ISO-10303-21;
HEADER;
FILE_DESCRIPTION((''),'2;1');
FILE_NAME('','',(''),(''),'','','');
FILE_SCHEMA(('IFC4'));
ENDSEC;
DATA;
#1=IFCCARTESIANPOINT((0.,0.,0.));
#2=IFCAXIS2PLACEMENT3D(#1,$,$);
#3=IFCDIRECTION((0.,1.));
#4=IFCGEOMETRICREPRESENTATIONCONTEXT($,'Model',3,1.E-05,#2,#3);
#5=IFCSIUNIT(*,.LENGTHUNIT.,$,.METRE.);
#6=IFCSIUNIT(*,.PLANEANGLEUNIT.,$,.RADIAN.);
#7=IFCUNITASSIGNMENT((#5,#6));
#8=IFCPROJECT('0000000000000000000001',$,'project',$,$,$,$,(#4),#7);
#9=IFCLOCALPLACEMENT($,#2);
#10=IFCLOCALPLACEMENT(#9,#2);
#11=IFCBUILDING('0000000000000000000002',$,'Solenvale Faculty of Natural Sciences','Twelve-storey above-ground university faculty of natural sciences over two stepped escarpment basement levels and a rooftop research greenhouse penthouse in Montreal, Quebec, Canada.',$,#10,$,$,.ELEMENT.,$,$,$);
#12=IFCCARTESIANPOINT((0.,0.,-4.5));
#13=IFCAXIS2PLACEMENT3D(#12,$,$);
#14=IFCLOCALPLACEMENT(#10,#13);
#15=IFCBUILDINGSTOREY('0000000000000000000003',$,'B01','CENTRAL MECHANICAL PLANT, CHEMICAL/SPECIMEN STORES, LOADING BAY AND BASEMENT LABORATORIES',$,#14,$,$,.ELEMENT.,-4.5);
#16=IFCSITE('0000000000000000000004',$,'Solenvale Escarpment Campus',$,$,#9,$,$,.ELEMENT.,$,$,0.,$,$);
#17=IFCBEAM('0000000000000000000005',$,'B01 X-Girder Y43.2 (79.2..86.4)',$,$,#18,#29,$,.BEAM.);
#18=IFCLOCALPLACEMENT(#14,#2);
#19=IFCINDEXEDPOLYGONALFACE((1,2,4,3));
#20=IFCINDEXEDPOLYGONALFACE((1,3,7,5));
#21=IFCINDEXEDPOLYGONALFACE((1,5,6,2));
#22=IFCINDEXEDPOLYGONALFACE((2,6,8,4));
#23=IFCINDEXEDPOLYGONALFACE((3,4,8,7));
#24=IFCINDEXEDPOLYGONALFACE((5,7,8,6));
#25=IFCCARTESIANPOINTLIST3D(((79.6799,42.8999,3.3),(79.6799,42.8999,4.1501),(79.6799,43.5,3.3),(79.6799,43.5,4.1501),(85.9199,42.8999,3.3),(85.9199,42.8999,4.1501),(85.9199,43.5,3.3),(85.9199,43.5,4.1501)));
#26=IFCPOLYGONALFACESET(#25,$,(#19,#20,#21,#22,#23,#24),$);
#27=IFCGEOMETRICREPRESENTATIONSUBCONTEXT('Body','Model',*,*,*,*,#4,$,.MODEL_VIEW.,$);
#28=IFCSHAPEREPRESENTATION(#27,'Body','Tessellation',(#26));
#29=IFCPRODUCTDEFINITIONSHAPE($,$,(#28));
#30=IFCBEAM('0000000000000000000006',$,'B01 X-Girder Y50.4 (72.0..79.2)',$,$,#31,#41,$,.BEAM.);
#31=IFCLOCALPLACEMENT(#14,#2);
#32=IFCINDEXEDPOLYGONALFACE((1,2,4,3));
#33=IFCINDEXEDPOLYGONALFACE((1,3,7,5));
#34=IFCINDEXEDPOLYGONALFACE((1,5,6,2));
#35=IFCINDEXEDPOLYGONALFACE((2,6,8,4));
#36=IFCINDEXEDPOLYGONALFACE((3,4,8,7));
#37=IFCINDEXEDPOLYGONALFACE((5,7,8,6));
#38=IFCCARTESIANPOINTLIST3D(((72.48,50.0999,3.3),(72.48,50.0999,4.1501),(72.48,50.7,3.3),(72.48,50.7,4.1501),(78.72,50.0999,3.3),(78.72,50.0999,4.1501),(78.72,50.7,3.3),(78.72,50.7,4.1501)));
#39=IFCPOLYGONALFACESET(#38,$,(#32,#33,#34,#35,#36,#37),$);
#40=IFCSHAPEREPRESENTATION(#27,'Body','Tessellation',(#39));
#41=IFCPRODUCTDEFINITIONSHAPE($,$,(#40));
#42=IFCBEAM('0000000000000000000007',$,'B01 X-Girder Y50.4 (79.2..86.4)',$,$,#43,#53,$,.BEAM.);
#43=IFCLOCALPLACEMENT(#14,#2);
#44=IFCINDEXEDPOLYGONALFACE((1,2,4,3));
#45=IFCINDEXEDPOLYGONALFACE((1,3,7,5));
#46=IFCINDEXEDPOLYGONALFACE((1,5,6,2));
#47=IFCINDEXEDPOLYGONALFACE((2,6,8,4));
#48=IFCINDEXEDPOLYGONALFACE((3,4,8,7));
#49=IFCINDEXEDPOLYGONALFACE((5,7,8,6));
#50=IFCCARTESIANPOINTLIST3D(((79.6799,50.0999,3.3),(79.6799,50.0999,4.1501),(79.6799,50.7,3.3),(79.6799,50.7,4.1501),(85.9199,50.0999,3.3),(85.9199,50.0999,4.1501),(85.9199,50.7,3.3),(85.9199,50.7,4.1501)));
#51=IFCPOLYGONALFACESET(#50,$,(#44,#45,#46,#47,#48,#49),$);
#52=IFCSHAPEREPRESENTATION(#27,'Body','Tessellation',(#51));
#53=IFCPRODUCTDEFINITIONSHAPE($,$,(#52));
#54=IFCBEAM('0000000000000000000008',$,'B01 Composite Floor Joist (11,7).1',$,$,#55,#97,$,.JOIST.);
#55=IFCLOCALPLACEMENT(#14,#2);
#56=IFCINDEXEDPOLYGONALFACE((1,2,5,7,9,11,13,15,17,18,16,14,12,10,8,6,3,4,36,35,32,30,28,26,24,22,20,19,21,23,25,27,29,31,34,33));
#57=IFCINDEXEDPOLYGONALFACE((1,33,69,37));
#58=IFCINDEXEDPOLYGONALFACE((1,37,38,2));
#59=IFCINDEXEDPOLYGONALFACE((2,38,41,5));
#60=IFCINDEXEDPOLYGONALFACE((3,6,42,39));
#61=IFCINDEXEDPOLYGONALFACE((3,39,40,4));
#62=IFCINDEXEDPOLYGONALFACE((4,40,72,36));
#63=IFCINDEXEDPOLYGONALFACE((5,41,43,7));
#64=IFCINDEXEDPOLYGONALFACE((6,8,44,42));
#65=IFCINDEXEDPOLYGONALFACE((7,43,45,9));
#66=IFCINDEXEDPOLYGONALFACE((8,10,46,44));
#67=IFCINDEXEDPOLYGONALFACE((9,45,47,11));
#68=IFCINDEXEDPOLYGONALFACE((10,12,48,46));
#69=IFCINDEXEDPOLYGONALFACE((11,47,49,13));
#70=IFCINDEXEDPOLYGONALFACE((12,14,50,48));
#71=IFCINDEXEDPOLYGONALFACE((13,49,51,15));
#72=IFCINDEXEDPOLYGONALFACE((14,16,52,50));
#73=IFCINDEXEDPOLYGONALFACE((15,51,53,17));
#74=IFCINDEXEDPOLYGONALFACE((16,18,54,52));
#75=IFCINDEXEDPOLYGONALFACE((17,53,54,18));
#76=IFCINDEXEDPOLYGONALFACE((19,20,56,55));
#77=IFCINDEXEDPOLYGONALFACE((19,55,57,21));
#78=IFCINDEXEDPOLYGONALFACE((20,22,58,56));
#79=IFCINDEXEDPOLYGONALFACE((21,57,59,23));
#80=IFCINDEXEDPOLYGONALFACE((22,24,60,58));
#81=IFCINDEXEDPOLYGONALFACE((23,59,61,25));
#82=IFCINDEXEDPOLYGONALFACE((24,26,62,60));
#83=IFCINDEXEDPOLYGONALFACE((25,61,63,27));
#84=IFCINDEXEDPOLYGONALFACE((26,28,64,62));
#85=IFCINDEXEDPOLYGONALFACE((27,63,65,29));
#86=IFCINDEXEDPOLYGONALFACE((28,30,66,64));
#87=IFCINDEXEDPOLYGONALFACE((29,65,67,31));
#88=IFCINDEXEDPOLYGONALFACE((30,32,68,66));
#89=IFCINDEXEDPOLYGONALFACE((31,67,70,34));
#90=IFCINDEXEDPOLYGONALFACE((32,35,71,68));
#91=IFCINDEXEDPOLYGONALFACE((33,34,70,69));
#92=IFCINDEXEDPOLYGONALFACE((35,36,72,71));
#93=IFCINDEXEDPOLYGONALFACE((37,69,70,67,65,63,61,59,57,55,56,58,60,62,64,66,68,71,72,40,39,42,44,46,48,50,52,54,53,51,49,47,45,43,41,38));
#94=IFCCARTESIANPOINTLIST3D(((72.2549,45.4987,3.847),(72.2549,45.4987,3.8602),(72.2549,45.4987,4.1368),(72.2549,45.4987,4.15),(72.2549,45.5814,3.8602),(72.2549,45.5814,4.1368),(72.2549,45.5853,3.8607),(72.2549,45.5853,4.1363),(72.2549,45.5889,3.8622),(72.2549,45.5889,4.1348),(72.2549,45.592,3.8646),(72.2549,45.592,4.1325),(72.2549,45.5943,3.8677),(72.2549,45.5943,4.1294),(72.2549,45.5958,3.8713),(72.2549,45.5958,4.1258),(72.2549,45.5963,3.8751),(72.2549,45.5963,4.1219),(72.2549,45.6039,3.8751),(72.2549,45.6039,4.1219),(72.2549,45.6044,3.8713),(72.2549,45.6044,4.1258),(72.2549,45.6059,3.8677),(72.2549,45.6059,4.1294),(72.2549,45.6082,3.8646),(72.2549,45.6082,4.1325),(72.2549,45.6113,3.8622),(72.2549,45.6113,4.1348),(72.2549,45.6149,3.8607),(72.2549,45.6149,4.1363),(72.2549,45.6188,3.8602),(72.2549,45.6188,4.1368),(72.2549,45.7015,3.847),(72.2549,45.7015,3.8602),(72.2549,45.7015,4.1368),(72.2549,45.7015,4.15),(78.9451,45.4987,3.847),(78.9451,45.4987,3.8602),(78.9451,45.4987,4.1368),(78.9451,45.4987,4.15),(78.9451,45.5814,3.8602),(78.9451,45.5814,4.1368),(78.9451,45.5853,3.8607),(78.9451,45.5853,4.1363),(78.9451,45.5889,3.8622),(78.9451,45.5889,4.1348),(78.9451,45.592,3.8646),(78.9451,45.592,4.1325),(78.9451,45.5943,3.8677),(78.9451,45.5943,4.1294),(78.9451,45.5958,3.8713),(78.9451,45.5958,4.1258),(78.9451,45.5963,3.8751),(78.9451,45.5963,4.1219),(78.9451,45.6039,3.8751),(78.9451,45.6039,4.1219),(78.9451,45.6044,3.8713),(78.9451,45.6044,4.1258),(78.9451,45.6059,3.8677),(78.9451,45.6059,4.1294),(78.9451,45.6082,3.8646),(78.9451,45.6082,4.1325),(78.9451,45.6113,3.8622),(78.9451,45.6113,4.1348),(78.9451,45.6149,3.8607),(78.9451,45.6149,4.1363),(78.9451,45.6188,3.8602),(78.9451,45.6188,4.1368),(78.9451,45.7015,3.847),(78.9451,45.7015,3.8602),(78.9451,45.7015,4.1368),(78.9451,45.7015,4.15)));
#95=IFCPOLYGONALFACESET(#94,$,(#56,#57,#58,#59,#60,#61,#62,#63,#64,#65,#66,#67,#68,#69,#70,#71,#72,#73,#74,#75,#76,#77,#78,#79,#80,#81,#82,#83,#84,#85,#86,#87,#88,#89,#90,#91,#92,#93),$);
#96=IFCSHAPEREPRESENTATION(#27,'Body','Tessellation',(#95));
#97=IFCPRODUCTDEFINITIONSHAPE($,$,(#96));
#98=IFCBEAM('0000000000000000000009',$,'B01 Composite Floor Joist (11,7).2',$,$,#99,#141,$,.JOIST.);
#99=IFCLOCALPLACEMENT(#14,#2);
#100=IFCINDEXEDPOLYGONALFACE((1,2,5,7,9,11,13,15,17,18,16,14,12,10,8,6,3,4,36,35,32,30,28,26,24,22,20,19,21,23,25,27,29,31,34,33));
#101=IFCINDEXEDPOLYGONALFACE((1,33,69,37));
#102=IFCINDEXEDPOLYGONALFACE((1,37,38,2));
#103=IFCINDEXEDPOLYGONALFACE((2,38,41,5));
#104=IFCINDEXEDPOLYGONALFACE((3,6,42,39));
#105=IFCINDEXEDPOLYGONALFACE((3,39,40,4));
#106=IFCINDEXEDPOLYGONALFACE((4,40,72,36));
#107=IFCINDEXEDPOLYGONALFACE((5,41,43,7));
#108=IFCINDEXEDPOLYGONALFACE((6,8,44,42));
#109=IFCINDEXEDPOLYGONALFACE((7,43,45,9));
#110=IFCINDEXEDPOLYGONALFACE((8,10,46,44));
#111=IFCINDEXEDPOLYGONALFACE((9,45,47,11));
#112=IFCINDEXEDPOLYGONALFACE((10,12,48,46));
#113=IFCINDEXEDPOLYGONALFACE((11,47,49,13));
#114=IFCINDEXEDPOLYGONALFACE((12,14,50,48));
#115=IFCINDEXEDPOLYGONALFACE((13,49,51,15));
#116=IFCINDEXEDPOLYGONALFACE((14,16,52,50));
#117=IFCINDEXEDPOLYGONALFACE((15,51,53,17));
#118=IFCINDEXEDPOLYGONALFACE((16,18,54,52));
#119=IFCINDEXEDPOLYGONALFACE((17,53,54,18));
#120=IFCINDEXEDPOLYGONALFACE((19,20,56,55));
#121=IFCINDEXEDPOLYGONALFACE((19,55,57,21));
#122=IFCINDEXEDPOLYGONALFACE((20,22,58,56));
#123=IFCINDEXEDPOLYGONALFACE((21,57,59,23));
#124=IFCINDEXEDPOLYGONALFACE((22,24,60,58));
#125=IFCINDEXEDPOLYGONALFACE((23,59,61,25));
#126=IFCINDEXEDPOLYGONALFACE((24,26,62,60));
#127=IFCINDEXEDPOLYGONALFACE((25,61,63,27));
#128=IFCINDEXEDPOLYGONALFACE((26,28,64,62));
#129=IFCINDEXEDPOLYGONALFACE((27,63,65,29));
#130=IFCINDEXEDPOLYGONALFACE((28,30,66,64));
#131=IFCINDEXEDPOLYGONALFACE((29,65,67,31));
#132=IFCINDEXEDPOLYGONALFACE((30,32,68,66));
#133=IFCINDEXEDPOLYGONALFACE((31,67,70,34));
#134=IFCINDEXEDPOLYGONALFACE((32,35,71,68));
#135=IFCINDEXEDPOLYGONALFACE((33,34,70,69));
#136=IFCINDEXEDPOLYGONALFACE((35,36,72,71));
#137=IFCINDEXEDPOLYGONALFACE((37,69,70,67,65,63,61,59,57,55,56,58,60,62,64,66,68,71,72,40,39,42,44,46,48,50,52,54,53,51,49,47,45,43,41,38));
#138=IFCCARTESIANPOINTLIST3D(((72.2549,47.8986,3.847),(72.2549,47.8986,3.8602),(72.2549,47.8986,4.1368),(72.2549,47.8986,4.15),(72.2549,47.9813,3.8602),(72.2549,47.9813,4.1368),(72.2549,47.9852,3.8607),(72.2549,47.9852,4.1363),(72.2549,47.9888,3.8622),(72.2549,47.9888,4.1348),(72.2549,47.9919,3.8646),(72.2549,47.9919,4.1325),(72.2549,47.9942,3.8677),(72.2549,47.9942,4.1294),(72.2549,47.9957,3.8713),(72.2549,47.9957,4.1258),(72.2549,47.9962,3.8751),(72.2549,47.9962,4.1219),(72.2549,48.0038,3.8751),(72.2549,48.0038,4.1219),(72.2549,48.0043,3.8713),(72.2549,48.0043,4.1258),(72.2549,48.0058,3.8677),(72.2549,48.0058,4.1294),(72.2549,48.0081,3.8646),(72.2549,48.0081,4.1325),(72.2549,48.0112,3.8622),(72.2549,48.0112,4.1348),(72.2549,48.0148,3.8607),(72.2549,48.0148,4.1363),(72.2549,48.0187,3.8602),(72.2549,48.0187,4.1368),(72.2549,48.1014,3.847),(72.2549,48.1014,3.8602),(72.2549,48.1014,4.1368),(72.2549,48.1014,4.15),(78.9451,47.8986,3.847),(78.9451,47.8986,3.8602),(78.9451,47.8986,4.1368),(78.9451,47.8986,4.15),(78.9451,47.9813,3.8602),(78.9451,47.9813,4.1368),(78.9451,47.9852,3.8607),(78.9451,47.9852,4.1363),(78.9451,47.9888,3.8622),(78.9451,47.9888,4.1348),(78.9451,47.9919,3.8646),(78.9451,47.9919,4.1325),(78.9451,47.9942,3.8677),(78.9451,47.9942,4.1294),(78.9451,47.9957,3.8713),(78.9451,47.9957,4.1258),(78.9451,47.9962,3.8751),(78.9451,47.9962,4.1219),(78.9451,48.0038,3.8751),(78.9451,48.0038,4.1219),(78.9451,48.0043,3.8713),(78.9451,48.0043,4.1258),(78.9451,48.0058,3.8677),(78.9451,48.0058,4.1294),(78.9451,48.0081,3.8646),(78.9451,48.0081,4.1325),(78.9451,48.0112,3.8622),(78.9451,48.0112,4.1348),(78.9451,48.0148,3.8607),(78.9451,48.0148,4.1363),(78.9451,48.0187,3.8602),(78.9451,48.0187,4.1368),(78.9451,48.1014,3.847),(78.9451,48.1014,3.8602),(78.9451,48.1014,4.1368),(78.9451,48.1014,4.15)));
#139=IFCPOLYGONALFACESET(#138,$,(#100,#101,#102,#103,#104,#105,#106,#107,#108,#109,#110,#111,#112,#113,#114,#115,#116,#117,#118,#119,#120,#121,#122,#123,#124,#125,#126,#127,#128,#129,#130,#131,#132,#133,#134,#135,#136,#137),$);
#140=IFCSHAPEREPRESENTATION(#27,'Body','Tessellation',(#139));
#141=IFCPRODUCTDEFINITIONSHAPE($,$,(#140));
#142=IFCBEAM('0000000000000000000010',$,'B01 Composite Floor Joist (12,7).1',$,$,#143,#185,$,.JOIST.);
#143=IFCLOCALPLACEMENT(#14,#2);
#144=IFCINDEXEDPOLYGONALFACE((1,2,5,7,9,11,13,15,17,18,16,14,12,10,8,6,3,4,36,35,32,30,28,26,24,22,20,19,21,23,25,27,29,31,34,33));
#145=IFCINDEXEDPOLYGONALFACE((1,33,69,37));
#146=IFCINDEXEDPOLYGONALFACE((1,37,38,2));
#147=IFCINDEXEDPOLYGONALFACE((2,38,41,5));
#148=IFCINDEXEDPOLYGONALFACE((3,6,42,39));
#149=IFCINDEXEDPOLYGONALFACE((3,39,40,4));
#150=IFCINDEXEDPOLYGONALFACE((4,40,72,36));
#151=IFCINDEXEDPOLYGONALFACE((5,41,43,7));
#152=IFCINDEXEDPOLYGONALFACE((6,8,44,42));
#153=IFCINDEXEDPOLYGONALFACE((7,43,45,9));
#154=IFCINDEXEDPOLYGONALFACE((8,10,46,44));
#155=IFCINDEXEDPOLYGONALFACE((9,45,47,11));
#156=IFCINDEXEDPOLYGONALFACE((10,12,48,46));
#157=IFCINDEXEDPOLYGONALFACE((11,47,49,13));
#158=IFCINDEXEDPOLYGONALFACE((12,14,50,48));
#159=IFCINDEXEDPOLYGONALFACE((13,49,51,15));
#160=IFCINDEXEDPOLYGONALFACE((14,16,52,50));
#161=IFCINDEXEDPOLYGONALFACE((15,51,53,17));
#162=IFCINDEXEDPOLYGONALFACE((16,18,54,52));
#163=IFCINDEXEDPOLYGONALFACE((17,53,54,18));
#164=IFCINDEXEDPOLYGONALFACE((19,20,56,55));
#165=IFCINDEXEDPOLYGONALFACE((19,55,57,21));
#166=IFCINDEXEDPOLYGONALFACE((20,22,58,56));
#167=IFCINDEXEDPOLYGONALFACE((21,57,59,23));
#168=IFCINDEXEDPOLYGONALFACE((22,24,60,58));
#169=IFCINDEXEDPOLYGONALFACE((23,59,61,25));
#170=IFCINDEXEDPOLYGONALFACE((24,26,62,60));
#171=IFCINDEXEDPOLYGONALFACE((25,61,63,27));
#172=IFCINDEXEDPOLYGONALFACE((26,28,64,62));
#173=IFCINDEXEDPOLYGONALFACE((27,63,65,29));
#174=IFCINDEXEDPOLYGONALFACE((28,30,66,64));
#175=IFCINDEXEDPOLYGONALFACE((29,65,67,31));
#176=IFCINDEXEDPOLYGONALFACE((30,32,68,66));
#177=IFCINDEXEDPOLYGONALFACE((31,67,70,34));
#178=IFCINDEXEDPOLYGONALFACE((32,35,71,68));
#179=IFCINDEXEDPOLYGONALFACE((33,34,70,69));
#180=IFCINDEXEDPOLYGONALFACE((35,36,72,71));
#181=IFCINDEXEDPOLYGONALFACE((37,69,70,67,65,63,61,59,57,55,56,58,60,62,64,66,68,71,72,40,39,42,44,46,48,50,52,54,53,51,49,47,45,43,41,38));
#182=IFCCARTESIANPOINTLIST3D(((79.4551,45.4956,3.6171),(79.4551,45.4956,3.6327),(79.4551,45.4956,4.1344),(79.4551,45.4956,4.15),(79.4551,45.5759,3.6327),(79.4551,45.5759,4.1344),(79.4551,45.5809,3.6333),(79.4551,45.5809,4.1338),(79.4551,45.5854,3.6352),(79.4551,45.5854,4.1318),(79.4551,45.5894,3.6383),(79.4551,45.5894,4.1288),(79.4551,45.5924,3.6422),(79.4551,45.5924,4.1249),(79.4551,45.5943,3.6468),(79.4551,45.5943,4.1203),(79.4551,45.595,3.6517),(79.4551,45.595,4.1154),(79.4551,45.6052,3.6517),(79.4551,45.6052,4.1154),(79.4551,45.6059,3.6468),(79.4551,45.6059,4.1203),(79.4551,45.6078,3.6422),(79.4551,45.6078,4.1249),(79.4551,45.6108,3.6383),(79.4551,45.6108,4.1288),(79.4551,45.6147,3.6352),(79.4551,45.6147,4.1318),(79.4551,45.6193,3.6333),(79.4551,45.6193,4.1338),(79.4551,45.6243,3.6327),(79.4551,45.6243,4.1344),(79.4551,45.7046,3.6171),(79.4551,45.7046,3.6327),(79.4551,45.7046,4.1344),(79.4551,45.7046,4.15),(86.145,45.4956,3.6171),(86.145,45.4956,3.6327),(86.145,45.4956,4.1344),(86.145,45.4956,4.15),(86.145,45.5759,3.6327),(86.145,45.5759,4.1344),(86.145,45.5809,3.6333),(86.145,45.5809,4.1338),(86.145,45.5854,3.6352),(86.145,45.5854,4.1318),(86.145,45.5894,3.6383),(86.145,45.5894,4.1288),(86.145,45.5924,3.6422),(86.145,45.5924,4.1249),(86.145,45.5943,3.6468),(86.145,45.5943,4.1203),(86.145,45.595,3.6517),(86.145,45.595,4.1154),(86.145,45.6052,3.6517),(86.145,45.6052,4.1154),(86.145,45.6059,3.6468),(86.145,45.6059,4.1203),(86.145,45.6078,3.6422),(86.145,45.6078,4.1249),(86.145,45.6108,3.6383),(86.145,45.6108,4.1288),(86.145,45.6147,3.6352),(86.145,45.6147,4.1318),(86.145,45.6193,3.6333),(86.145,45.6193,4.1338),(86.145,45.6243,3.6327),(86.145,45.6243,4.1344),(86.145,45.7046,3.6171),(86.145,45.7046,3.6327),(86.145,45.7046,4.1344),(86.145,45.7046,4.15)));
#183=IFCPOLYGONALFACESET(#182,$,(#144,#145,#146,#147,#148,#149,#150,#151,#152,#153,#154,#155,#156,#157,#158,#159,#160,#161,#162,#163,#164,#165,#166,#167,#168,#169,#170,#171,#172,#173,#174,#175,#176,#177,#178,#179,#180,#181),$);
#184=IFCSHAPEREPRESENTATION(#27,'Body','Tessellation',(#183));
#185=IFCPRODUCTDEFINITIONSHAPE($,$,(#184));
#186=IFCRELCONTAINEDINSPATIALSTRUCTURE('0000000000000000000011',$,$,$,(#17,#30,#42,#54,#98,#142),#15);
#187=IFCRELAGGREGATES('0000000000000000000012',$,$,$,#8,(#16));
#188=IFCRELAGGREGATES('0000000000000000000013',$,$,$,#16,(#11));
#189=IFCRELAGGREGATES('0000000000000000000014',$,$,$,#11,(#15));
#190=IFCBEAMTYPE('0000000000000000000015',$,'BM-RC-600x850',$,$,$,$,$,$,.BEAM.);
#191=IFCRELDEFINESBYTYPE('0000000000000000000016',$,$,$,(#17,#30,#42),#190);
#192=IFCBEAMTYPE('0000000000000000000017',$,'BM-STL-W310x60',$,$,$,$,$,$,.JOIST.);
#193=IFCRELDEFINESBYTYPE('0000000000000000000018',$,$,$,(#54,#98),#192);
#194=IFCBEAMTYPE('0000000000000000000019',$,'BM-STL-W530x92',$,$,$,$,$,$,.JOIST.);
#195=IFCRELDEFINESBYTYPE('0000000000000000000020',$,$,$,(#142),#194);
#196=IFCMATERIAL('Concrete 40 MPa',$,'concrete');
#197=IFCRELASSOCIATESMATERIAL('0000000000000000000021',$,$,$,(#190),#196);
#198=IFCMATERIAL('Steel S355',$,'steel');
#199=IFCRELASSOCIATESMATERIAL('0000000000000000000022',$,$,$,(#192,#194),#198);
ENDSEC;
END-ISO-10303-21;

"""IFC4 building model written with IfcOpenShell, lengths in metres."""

from ifc_helpers import new_model, si_unit, direction, frame, origin, origin_2d, place, context, subcontext, project, spatial, rectangle, i_section, extrude, material, material_profile, profile_set, type_object, element, save


model = new_model("IFC4")

# Units and contexts
model_context = context("Model", 3, precision=1e-05, world=origin(), true_north=direction((0.0, 1.0)))
body_context = subcontext(model_context, "Body", "Model", "MODEL_VIEW")
ifc_project = project(units=[si_unit("LENGTHUNIT", "METRE"), si_unit("PLANEANGLEUNIT", "RADIAN")], contexts=[model_context])

# Site, building, storey
site_placement = place(None, origin())
site = spatial("IfcSite", under=ifc_project, at=site_placement, Name="Solenvale Escarpment Campus", CompositionType="ELEMENT", RefElevation=0.0)
building_placement = place(site_placement, origin())
building = spatial("IfcBuilding", under=site, at=building_placement, Name="Solenvale Faculty of Natural Sciences", Description="Twelve-storey above-ground university faculty of natural sciences over two stepped escarpment basement levels and a rooftop research greenhouse penthouse in Montreal, Quebec, Canada.", CompositionType="ELEMENT")
storey_placement = place(building_placement, frame((0.0, 0.0, -4.5)))
storey = spatial("IfcBuildingStorey", under=building, at=storey_placement, Name="B01", Description="CENTRAL MECHANICAL PLANT, CHEMICAL/SPECIMEN STORES, LOADING BAY AND BASEMENT LABORATORIES", CompositionType="ELEMENT", Elevation=-4.5)

# Shared definitions
ifc_material_1 = material(Name="Concrete 40 MPa", Category="concrete")

# Beams
ifc_material_profile_1 = material_profile(ifc_material_1, rectangle(XDim=0.6001, YDim=0.8501, at=origin_2d()), Name="RC-BM-600x850")
ifc_profile_set_1 = profile_set([ifc_material_profile_1], Name="Concrete 40 MPa")
beam_type_1 = type_object("IfcBeamType", Name="BM-RC-600x850", PredefinedType="BEAM", material=ifc_profile_set_1)
for number, where, z_axis, x_axis, name in (
    (1, (79.6799, 43.2, 3.7251), (1.0, 0.0, 0.0), (0.0, 1.0, 0.0), "B01 X-Girder Y43.2 (79.2..86.4)"),
    (2, (72.48, 50.3999, 3.7251), (1.0, 0.0, 0.0), (0.0, 1.0, 0.0), "B01 X-Girder Y50.4 (72.0..79.2)"),
    (3, (79.6799, 50.3999, 3.7251), (1.0, 0.0, 0.0), (0.0, 1.0, 0.0), "B01 X-Girder Y50.4 (79.2..86.4)"),
):
    element("IfcBeam", number, at=place(storey_placement, frame(where, z_axis=z_axis, x_axis=x_axis)), inside=storey, type_object=beam_type_1, Name=name, PredefinedType="BEAM", context=body_context, shape_type="SweptSolid", body=[
        extrude(rectangle(XDim=0.6001, YDim=0.8501, at=origin_2d()), origin(), (0.0, 0.0, 1.0), 6.24),
    ])
ifc_material_2 = material(Name="Steel S355", Category="steel")
ifc_material_profile_2 = material_profile(ifc_material_2, i_section(OverallWidth=0.2029, OverallDepth=0.303, WebThickness=0.0076, FlangeThickness=0.0132, FilletRadius=0.0149, at=origin_2d()), Name="W310x60")
ifc_profile_set_2 = profile_set([ifc_material_profile_2], Name="Steel S355")
beam_type_2 = type_object("IfcBeamType", Name="BM-STL-W310x60", PredefinedType="JOIST", material=ifc_profile_set_2)
for number, where, z_axis, x_axis, name in (
    (4, (72.2549, 45.6001, 3.9985), (1.0, 0.0, 0.0), (0.0, 1.0, 0.0), "B01 Composite Floor Joist (11,7).1"),
    (5, (72.2549, 48.0, 3.9985), (1.0, 0.0, 0.0), (0.0, 1.0, 0.0), "B01 Composite Floor Joist (11,7).2"),
):
    element("IfcBeam", number, at=place(storey_placement, frame(where, z_axis=z_axis, x_axis=x_axis)), inside=storey, type_object=beam_type_2, Name=name, PredefinedType="JOIST", context=body_context, shape_type="SweptSolid", body=[
        extrude(i_section(OverallWidth=0.2029, OverallDepth=0.303, WebThickness=0.0076, FlangeThickness=0.0132, FilletRadius=0.0149, at=origin_2d()), origin(), (0.0, 0.0, 1.0), 6.6902),
    ])
ifc_material_profile_3 = material_profile(ifc_material_2, i_section(OverallWidth=0.209, OverallDepth=0.533, WebThickness=0.0103, FlangeThickness=0.0156, FilletRadius=0.019, at=origin_2d()), Name="W530x92")
ifc_profile_set_3 = profile_set([ifc_material_profile_3], Name="Steel S355")
beam_type_3 = type_object("IfcBeamType", Name="BM-STL-W530x92", PredefinedType="JOIST", material=ifc_profile_set_3)
for number, where, z_axis, x_axis, name in (
    (6, (79.4551, 45.6001, 3.8835), (1.0, 0.0, 0.0), (0.0, 1.0, 0.0), "B01 Composite Floor Joist (12,7).1"),
):
    element("IfcBeam", number, at=place(storey_placement, frame(where, z_axis=z_axis, x_axis=x_axis)), inside=storey, type_object=beam_type_3, Name=name, PredefinedType="JOIST", context=body_context, shape_type="SweptSolid", body=[
        extrude(i_section(OverallWidth=0.209, OverallDepth=0.533, WebThickness=0.0103, FlangeThickness=0.0156, FilletRadius=0.019, at=origin_2d()), origin(), (0.0, 0.0, 1.0), 6.6899),
    ])

save(model, "model.ifc")
